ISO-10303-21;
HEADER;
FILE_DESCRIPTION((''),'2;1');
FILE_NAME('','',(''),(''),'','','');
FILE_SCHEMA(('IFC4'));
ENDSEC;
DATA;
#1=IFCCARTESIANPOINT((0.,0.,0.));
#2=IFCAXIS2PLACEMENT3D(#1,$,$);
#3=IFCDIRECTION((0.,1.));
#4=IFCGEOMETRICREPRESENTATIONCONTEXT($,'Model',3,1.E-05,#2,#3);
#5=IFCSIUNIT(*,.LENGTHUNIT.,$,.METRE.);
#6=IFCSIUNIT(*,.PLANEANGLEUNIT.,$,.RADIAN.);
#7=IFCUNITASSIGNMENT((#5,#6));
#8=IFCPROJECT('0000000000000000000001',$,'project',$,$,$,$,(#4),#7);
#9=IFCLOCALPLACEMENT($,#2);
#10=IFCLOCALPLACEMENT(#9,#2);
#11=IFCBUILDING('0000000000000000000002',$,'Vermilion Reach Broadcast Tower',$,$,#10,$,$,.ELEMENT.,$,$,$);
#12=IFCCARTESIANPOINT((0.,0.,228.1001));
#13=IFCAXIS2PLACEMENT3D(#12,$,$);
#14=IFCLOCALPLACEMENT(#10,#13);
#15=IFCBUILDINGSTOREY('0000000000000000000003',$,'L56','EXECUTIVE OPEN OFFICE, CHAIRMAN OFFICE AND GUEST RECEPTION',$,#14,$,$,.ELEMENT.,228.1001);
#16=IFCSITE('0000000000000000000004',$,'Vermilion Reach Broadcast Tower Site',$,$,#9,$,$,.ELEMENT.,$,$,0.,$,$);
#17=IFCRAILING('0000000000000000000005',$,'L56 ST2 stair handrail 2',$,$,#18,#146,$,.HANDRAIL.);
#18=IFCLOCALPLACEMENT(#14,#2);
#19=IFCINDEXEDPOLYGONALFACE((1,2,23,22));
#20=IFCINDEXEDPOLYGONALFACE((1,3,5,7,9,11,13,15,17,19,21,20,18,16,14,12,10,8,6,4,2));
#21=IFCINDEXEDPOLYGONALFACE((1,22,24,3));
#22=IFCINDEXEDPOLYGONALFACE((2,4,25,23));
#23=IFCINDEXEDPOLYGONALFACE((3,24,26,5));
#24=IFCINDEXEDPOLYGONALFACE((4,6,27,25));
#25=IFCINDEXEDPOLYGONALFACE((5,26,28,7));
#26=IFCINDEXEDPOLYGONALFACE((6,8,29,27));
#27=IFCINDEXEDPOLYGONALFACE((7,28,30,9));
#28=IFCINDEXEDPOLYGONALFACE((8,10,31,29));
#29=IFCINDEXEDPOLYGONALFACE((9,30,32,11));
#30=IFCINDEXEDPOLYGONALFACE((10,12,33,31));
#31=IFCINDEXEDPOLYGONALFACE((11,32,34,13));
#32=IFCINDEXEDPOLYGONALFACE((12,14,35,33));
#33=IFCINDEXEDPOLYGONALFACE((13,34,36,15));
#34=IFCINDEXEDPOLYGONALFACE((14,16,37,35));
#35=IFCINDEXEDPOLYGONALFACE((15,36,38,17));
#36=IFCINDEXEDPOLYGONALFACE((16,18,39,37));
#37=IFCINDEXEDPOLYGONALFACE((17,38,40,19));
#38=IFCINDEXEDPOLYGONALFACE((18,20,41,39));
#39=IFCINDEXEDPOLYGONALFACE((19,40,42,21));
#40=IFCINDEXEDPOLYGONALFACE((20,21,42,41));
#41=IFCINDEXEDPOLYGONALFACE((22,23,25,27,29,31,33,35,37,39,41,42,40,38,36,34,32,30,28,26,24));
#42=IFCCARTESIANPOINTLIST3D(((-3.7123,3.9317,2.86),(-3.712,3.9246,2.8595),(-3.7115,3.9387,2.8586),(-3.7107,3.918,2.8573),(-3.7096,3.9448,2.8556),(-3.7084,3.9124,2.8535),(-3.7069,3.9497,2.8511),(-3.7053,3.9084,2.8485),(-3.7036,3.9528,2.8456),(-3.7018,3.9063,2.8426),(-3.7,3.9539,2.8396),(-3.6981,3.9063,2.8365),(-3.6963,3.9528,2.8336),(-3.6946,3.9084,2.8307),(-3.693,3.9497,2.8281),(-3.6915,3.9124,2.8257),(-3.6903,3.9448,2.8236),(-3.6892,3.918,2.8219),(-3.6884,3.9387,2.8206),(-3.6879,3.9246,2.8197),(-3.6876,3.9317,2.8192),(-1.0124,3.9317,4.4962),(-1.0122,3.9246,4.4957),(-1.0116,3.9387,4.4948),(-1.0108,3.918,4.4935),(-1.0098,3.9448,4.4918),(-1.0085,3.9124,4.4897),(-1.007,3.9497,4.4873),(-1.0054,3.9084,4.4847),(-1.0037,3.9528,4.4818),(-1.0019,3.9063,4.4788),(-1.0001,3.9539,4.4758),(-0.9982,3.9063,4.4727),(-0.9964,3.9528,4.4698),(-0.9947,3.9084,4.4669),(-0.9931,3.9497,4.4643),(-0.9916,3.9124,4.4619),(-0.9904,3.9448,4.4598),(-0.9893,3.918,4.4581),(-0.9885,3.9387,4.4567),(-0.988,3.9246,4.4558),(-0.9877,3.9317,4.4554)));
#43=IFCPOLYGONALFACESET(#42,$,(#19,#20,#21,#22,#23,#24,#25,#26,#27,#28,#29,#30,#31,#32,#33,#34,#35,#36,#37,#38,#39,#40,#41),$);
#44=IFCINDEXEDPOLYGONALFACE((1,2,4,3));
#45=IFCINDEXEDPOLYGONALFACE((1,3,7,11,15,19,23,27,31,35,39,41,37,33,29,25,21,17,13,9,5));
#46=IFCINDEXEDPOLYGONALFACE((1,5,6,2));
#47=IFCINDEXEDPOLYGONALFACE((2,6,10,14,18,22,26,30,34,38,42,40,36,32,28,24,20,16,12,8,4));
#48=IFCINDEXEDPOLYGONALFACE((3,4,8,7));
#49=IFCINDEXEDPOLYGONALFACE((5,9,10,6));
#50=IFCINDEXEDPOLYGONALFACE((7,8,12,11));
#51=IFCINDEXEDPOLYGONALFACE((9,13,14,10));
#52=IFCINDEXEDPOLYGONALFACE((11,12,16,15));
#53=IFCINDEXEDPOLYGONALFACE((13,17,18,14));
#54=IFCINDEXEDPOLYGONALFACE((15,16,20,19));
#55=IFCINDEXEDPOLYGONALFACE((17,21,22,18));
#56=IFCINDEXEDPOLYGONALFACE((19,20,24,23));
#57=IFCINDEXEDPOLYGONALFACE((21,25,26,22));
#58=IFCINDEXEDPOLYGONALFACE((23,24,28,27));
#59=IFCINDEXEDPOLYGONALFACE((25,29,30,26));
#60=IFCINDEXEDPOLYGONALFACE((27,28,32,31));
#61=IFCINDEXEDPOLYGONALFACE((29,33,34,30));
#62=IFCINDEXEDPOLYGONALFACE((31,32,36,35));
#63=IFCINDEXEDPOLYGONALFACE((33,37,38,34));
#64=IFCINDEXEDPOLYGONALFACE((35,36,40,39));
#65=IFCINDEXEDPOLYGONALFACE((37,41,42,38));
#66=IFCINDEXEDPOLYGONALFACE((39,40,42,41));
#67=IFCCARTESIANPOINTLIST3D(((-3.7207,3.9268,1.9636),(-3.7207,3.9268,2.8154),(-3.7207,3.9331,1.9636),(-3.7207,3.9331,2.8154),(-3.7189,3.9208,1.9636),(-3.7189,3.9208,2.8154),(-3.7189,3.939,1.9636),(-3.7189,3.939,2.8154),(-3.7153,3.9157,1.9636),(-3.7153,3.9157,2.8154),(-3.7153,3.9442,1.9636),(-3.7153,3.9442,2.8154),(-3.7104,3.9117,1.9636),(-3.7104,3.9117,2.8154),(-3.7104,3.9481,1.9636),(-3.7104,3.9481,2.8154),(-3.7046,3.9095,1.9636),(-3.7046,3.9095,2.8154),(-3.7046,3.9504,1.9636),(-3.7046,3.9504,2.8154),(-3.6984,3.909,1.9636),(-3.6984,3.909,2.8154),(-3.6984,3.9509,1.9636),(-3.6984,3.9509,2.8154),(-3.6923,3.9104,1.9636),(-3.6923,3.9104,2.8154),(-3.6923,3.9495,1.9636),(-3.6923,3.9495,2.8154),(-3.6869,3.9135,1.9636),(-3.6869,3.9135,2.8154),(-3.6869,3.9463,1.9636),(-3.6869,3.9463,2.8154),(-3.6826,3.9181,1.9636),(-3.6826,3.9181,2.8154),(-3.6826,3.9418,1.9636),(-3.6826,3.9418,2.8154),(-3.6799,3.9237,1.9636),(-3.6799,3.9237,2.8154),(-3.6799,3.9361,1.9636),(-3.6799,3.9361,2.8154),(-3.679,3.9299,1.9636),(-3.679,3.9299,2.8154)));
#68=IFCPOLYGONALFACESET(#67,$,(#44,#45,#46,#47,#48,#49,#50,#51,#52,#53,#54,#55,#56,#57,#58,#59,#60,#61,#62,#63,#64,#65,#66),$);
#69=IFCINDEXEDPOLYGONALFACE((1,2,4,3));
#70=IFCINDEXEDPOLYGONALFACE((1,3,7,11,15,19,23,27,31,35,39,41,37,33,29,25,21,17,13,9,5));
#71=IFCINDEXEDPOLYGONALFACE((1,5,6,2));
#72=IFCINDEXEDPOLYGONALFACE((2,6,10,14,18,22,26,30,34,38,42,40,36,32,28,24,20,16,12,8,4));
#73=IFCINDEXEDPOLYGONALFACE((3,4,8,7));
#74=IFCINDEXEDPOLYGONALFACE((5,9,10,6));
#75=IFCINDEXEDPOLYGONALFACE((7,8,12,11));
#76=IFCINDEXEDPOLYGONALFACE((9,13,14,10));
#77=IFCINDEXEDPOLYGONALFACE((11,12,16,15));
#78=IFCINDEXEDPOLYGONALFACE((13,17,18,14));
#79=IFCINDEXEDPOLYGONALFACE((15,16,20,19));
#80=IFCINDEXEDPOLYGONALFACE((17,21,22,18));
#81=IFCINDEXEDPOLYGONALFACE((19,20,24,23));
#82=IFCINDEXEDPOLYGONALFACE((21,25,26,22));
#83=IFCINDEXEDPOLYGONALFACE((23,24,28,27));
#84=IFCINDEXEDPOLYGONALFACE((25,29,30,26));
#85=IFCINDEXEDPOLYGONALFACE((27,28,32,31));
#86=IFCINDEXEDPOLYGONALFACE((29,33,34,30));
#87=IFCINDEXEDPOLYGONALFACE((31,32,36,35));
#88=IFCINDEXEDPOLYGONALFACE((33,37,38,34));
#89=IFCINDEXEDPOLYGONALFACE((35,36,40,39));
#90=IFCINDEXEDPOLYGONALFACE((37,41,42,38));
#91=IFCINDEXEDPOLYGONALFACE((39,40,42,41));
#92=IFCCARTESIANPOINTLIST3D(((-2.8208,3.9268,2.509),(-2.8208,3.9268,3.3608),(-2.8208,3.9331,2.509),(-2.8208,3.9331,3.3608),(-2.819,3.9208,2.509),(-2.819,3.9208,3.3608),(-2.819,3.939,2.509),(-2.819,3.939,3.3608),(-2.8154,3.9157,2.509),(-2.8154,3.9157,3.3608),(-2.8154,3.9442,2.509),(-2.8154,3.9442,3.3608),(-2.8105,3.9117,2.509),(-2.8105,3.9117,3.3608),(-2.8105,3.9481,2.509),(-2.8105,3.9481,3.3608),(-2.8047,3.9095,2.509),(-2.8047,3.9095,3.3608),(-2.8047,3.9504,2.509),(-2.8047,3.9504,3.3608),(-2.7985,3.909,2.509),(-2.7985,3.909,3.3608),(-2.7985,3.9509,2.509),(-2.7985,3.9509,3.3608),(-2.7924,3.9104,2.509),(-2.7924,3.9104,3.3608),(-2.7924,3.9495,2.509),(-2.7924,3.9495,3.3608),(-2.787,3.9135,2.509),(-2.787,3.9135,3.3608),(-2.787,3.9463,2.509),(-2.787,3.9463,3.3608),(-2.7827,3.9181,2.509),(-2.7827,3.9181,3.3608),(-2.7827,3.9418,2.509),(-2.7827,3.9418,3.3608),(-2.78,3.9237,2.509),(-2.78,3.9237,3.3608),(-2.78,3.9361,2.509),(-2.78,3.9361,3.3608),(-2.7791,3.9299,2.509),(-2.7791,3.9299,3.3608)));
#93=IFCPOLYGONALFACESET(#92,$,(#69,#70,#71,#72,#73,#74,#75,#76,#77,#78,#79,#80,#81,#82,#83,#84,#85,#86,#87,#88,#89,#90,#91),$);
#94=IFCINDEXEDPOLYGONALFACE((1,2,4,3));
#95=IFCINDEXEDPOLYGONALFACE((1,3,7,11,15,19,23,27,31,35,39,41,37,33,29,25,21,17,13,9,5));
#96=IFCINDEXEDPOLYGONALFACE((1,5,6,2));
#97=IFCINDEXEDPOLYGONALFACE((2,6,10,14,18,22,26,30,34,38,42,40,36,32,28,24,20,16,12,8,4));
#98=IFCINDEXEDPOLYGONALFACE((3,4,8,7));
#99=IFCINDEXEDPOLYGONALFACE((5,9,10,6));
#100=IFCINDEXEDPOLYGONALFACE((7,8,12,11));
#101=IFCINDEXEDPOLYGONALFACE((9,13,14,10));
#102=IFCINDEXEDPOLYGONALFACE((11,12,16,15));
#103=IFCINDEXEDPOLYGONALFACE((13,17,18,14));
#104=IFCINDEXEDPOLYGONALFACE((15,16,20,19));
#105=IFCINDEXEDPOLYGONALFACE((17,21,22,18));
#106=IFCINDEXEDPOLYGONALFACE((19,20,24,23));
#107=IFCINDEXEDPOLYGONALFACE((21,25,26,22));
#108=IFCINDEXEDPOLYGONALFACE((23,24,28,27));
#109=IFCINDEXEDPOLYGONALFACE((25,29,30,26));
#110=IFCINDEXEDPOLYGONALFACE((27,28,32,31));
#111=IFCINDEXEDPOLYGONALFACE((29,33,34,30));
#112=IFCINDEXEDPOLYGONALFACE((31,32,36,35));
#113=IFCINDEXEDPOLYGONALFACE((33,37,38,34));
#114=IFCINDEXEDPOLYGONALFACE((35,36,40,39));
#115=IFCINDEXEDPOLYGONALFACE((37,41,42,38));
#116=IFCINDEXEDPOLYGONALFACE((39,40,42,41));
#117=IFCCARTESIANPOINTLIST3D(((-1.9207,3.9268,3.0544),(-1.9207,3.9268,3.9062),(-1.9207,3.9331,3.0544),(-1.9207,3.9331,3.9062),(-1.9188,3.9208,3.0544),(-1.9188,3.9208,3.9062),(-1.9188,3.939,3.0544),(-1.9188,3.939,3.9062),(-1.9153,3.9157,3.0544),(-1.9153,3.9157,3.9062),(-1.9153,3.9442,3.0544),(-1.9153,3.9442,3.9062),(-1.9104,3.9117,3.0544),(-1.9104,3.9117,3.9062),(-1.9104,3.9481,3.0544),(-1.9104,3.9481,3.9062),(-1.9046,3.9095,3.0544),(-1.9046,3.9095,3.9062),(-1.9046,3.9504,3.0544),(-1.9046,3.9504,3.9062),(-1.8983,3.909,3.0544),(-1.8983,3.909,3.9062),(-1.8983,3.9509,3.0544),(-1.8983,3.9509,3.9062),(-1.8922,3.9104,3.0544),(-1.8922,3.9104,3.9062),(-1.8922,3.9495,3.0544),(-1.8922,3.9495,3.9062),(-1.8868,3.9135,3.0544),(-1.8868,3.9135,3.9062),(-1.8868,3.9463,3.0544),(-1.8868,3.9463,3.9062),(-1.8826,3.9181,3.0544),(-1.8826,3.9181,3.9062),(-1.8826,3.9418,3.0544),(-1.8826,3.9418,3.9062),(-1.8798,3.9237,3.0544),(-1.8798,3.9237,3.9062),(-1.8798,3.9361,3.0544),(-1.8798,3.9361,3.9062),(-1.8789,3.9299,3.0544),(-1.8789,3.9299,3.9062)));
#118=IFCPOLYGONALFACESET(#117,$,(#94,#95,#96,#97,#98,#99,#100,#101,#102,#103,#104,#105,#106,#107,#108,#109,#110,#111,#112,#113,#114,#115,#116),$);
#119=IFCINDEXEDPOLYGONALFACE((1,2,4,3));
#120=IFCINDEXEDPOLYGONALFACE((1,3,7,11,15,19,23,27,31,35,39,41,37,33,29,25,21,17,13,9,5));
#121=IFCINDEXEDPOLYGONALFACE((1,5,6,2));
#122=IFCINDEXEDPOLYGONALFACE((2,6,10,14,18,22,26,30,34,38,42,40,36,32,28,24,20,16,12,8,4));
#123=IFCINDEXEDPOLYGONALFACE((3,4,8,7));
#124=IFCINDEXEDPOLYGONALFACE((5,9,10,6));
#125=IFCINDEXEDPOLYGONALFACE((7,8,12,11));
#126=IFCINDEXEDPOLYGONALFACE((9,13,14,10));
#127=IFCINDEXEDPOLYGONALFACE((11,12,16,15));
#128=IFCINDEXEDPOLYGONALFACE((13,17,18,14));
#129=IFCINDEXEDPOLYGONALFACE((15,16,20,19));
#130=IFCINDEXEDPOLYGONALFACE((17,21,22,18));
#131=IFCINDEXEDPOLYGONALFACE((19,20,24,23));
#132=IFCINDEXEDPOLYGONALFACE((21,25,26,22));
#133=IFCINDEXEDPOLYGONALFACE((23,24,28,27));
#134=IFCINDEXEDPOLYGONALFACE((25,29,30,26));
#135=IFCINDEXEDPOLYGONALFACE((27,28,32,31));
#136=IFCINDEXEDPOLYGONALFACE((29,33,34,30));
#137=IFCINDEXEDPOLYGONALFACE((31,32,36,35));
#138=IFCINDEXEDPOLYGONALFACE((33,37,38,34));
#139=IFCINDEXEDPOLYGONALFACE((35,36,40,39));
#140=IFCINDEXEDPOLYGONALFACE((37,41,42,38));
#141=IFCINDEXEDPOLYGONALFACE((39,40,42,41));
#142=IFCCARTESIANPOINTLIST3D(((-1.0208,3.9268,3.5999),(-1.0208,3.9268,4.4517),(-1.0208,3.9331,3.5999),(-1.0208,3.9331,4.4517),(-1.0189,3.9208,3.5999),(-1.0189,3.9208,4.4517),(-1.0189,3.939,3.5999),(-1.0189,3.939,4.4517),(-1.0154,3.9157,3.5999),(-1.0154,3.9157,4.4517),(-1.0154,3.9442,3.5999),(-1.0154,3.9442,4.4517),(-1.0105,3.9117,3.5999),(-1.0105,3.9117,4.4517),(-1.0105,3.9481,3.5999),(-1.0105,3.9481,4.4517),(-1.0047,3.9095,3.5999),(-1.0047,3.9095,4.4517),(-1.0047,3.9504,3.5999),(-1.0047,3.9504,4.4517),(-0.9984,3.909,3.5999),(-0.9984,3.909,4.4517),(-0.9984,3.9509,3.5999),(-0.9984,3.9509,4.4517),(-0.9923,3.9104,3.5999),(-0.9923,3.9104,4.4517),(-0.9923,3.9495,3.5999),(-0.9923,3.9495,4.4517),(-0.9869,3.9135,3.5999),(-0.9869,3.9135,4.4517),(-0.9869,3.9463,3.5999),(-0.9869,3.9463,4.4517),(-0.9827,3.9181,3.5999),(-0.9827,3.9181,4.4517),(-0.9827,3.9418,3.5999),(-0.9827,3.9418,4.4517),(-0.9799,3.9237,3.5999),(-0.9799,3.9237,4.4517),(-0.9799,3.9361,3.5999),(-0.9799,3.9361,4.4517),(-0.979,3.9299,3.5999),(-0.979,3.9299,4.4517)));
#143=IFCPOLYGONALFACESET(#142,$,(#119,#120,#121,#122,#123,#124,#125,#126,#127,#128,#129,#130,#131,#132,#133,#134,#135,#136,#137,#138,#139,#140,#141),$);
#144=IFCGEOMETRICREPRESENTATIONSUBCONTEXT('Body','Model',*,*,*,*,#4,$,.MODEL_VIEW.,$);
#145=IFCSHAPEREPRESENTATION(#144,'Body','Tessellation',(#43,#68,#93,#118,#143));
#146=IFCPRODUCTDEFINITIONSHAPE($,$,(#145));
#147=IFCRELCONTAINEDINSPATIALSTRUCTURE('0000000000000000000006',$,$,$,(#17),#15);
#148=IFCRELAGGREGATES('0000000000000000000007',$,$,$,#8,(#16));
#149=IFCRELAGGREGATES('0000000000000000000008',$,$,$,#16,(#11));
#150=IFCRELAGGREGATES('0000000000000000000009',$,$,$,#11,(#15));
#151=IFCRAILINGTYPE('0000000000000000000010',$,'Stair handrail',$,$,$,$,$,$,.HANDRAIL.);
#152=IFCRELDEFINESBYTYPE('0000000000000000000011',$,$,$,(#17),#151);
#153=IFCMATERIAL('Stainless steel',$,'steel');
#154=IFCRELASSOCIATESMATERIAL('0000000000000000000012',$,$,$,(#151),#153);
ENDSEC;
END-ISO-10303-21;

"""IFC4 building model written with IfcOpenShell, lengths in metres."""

from ifc_helpers import new_model, si_unit, direction, frame, origin, origin_2d, place, context, subcontext, project, spatial, circle, extrude, material, type_object, element, save


model = new_model("IFC4")

# Units and contexts
model_context = context("Model", 3, precision=1e-05, world=origin(), true_north=direction((0.0, 1.0)))
body_context = subcontext(model_context, "Body", "Model", "MODEL_VIEW")
ifc_project = project(units=[si_unit("LENGTHUNIT", "METRE"), si_unit("PLANEANGLEUNIT", "RADIAN")], contexts=[model_context])

# Site, building, storey
site_placement = place(None, origin())
site = spatial("IfcSite", under=ifc_project, at=site_placement, Name="Vermilion Reach Broadcast Tower Site", CompositionType="ELEMENT", RefElevation=0.0)
building_placement = place(site_placement, origin())
building = spatial("IfcBuilding", under=site, at=building_placement, Name="Vermilion Reach Broadcast Tower", CompositionType="ELEMENT")
storey_placement = place(building_placement, frame((0.0, 0.0, 228.1001)))
storey = spatial("IfcBuildingStorey", under=building, at=storey_placement, Name="L56", Description="EXECUTIVE OPEN OFFICE, CHAIRMAN OFFICE AND GUEST RECEPTION", CompositionType="ELEMENT", Elevation=228.1001)

# Railing
ifc_material_1 = material(Name="Stainless steel", Category="steel")
railing_type_1 = type_object("IfcRailingType", Name="Stair handrail", PredefinedType="HANDRAIL", material=ifc_material_1)
railing_1_placement = place(storey_placement, frame((-3.7, 3.9299, 1.9636)))
element("IfcRailing", 1, at=railing_1_placement, inside=storey, type_object=railing_type_1, Name="L56 ST2 stair handrail 2", PredefinedType="HANDRAIL", context=body_context, shape_type="SweptSolid", body=[
    extrude(circle(Radius=0.0239, at=origin_2d()), frame((0.0, 0.0, 0.876), z_axis=(0.855212, 0.0, 0.518278), x_axis=(0.0, 1.0, 0.0)), (0.0, 0.0, 1.0), 3.157),
    extrude(circle(Radius=0.021, at=origin_2d()), origin(), (0.0, 0.0, 1.0), 0.8518),
    extrude(circle(Radius=0.021, at=origin_2d()), frame((0.8999, 0.0, 0.5454)), (0.0, 0.0, 1.0), 0.8518),
    extrude(circle(Radius=0.021, at=origin_2d()), frame((1.8, 0.0, 1.0908)), (0.0, 0.0, 1.0), 0.8518),
    extrude(circle(Radius=0.021, at=origin_2d()), frame((2.7, 0.0, 1.6362)), (0.0, 0.0, 1.0), 0.8518),
])

save(model, "model.ifc")
